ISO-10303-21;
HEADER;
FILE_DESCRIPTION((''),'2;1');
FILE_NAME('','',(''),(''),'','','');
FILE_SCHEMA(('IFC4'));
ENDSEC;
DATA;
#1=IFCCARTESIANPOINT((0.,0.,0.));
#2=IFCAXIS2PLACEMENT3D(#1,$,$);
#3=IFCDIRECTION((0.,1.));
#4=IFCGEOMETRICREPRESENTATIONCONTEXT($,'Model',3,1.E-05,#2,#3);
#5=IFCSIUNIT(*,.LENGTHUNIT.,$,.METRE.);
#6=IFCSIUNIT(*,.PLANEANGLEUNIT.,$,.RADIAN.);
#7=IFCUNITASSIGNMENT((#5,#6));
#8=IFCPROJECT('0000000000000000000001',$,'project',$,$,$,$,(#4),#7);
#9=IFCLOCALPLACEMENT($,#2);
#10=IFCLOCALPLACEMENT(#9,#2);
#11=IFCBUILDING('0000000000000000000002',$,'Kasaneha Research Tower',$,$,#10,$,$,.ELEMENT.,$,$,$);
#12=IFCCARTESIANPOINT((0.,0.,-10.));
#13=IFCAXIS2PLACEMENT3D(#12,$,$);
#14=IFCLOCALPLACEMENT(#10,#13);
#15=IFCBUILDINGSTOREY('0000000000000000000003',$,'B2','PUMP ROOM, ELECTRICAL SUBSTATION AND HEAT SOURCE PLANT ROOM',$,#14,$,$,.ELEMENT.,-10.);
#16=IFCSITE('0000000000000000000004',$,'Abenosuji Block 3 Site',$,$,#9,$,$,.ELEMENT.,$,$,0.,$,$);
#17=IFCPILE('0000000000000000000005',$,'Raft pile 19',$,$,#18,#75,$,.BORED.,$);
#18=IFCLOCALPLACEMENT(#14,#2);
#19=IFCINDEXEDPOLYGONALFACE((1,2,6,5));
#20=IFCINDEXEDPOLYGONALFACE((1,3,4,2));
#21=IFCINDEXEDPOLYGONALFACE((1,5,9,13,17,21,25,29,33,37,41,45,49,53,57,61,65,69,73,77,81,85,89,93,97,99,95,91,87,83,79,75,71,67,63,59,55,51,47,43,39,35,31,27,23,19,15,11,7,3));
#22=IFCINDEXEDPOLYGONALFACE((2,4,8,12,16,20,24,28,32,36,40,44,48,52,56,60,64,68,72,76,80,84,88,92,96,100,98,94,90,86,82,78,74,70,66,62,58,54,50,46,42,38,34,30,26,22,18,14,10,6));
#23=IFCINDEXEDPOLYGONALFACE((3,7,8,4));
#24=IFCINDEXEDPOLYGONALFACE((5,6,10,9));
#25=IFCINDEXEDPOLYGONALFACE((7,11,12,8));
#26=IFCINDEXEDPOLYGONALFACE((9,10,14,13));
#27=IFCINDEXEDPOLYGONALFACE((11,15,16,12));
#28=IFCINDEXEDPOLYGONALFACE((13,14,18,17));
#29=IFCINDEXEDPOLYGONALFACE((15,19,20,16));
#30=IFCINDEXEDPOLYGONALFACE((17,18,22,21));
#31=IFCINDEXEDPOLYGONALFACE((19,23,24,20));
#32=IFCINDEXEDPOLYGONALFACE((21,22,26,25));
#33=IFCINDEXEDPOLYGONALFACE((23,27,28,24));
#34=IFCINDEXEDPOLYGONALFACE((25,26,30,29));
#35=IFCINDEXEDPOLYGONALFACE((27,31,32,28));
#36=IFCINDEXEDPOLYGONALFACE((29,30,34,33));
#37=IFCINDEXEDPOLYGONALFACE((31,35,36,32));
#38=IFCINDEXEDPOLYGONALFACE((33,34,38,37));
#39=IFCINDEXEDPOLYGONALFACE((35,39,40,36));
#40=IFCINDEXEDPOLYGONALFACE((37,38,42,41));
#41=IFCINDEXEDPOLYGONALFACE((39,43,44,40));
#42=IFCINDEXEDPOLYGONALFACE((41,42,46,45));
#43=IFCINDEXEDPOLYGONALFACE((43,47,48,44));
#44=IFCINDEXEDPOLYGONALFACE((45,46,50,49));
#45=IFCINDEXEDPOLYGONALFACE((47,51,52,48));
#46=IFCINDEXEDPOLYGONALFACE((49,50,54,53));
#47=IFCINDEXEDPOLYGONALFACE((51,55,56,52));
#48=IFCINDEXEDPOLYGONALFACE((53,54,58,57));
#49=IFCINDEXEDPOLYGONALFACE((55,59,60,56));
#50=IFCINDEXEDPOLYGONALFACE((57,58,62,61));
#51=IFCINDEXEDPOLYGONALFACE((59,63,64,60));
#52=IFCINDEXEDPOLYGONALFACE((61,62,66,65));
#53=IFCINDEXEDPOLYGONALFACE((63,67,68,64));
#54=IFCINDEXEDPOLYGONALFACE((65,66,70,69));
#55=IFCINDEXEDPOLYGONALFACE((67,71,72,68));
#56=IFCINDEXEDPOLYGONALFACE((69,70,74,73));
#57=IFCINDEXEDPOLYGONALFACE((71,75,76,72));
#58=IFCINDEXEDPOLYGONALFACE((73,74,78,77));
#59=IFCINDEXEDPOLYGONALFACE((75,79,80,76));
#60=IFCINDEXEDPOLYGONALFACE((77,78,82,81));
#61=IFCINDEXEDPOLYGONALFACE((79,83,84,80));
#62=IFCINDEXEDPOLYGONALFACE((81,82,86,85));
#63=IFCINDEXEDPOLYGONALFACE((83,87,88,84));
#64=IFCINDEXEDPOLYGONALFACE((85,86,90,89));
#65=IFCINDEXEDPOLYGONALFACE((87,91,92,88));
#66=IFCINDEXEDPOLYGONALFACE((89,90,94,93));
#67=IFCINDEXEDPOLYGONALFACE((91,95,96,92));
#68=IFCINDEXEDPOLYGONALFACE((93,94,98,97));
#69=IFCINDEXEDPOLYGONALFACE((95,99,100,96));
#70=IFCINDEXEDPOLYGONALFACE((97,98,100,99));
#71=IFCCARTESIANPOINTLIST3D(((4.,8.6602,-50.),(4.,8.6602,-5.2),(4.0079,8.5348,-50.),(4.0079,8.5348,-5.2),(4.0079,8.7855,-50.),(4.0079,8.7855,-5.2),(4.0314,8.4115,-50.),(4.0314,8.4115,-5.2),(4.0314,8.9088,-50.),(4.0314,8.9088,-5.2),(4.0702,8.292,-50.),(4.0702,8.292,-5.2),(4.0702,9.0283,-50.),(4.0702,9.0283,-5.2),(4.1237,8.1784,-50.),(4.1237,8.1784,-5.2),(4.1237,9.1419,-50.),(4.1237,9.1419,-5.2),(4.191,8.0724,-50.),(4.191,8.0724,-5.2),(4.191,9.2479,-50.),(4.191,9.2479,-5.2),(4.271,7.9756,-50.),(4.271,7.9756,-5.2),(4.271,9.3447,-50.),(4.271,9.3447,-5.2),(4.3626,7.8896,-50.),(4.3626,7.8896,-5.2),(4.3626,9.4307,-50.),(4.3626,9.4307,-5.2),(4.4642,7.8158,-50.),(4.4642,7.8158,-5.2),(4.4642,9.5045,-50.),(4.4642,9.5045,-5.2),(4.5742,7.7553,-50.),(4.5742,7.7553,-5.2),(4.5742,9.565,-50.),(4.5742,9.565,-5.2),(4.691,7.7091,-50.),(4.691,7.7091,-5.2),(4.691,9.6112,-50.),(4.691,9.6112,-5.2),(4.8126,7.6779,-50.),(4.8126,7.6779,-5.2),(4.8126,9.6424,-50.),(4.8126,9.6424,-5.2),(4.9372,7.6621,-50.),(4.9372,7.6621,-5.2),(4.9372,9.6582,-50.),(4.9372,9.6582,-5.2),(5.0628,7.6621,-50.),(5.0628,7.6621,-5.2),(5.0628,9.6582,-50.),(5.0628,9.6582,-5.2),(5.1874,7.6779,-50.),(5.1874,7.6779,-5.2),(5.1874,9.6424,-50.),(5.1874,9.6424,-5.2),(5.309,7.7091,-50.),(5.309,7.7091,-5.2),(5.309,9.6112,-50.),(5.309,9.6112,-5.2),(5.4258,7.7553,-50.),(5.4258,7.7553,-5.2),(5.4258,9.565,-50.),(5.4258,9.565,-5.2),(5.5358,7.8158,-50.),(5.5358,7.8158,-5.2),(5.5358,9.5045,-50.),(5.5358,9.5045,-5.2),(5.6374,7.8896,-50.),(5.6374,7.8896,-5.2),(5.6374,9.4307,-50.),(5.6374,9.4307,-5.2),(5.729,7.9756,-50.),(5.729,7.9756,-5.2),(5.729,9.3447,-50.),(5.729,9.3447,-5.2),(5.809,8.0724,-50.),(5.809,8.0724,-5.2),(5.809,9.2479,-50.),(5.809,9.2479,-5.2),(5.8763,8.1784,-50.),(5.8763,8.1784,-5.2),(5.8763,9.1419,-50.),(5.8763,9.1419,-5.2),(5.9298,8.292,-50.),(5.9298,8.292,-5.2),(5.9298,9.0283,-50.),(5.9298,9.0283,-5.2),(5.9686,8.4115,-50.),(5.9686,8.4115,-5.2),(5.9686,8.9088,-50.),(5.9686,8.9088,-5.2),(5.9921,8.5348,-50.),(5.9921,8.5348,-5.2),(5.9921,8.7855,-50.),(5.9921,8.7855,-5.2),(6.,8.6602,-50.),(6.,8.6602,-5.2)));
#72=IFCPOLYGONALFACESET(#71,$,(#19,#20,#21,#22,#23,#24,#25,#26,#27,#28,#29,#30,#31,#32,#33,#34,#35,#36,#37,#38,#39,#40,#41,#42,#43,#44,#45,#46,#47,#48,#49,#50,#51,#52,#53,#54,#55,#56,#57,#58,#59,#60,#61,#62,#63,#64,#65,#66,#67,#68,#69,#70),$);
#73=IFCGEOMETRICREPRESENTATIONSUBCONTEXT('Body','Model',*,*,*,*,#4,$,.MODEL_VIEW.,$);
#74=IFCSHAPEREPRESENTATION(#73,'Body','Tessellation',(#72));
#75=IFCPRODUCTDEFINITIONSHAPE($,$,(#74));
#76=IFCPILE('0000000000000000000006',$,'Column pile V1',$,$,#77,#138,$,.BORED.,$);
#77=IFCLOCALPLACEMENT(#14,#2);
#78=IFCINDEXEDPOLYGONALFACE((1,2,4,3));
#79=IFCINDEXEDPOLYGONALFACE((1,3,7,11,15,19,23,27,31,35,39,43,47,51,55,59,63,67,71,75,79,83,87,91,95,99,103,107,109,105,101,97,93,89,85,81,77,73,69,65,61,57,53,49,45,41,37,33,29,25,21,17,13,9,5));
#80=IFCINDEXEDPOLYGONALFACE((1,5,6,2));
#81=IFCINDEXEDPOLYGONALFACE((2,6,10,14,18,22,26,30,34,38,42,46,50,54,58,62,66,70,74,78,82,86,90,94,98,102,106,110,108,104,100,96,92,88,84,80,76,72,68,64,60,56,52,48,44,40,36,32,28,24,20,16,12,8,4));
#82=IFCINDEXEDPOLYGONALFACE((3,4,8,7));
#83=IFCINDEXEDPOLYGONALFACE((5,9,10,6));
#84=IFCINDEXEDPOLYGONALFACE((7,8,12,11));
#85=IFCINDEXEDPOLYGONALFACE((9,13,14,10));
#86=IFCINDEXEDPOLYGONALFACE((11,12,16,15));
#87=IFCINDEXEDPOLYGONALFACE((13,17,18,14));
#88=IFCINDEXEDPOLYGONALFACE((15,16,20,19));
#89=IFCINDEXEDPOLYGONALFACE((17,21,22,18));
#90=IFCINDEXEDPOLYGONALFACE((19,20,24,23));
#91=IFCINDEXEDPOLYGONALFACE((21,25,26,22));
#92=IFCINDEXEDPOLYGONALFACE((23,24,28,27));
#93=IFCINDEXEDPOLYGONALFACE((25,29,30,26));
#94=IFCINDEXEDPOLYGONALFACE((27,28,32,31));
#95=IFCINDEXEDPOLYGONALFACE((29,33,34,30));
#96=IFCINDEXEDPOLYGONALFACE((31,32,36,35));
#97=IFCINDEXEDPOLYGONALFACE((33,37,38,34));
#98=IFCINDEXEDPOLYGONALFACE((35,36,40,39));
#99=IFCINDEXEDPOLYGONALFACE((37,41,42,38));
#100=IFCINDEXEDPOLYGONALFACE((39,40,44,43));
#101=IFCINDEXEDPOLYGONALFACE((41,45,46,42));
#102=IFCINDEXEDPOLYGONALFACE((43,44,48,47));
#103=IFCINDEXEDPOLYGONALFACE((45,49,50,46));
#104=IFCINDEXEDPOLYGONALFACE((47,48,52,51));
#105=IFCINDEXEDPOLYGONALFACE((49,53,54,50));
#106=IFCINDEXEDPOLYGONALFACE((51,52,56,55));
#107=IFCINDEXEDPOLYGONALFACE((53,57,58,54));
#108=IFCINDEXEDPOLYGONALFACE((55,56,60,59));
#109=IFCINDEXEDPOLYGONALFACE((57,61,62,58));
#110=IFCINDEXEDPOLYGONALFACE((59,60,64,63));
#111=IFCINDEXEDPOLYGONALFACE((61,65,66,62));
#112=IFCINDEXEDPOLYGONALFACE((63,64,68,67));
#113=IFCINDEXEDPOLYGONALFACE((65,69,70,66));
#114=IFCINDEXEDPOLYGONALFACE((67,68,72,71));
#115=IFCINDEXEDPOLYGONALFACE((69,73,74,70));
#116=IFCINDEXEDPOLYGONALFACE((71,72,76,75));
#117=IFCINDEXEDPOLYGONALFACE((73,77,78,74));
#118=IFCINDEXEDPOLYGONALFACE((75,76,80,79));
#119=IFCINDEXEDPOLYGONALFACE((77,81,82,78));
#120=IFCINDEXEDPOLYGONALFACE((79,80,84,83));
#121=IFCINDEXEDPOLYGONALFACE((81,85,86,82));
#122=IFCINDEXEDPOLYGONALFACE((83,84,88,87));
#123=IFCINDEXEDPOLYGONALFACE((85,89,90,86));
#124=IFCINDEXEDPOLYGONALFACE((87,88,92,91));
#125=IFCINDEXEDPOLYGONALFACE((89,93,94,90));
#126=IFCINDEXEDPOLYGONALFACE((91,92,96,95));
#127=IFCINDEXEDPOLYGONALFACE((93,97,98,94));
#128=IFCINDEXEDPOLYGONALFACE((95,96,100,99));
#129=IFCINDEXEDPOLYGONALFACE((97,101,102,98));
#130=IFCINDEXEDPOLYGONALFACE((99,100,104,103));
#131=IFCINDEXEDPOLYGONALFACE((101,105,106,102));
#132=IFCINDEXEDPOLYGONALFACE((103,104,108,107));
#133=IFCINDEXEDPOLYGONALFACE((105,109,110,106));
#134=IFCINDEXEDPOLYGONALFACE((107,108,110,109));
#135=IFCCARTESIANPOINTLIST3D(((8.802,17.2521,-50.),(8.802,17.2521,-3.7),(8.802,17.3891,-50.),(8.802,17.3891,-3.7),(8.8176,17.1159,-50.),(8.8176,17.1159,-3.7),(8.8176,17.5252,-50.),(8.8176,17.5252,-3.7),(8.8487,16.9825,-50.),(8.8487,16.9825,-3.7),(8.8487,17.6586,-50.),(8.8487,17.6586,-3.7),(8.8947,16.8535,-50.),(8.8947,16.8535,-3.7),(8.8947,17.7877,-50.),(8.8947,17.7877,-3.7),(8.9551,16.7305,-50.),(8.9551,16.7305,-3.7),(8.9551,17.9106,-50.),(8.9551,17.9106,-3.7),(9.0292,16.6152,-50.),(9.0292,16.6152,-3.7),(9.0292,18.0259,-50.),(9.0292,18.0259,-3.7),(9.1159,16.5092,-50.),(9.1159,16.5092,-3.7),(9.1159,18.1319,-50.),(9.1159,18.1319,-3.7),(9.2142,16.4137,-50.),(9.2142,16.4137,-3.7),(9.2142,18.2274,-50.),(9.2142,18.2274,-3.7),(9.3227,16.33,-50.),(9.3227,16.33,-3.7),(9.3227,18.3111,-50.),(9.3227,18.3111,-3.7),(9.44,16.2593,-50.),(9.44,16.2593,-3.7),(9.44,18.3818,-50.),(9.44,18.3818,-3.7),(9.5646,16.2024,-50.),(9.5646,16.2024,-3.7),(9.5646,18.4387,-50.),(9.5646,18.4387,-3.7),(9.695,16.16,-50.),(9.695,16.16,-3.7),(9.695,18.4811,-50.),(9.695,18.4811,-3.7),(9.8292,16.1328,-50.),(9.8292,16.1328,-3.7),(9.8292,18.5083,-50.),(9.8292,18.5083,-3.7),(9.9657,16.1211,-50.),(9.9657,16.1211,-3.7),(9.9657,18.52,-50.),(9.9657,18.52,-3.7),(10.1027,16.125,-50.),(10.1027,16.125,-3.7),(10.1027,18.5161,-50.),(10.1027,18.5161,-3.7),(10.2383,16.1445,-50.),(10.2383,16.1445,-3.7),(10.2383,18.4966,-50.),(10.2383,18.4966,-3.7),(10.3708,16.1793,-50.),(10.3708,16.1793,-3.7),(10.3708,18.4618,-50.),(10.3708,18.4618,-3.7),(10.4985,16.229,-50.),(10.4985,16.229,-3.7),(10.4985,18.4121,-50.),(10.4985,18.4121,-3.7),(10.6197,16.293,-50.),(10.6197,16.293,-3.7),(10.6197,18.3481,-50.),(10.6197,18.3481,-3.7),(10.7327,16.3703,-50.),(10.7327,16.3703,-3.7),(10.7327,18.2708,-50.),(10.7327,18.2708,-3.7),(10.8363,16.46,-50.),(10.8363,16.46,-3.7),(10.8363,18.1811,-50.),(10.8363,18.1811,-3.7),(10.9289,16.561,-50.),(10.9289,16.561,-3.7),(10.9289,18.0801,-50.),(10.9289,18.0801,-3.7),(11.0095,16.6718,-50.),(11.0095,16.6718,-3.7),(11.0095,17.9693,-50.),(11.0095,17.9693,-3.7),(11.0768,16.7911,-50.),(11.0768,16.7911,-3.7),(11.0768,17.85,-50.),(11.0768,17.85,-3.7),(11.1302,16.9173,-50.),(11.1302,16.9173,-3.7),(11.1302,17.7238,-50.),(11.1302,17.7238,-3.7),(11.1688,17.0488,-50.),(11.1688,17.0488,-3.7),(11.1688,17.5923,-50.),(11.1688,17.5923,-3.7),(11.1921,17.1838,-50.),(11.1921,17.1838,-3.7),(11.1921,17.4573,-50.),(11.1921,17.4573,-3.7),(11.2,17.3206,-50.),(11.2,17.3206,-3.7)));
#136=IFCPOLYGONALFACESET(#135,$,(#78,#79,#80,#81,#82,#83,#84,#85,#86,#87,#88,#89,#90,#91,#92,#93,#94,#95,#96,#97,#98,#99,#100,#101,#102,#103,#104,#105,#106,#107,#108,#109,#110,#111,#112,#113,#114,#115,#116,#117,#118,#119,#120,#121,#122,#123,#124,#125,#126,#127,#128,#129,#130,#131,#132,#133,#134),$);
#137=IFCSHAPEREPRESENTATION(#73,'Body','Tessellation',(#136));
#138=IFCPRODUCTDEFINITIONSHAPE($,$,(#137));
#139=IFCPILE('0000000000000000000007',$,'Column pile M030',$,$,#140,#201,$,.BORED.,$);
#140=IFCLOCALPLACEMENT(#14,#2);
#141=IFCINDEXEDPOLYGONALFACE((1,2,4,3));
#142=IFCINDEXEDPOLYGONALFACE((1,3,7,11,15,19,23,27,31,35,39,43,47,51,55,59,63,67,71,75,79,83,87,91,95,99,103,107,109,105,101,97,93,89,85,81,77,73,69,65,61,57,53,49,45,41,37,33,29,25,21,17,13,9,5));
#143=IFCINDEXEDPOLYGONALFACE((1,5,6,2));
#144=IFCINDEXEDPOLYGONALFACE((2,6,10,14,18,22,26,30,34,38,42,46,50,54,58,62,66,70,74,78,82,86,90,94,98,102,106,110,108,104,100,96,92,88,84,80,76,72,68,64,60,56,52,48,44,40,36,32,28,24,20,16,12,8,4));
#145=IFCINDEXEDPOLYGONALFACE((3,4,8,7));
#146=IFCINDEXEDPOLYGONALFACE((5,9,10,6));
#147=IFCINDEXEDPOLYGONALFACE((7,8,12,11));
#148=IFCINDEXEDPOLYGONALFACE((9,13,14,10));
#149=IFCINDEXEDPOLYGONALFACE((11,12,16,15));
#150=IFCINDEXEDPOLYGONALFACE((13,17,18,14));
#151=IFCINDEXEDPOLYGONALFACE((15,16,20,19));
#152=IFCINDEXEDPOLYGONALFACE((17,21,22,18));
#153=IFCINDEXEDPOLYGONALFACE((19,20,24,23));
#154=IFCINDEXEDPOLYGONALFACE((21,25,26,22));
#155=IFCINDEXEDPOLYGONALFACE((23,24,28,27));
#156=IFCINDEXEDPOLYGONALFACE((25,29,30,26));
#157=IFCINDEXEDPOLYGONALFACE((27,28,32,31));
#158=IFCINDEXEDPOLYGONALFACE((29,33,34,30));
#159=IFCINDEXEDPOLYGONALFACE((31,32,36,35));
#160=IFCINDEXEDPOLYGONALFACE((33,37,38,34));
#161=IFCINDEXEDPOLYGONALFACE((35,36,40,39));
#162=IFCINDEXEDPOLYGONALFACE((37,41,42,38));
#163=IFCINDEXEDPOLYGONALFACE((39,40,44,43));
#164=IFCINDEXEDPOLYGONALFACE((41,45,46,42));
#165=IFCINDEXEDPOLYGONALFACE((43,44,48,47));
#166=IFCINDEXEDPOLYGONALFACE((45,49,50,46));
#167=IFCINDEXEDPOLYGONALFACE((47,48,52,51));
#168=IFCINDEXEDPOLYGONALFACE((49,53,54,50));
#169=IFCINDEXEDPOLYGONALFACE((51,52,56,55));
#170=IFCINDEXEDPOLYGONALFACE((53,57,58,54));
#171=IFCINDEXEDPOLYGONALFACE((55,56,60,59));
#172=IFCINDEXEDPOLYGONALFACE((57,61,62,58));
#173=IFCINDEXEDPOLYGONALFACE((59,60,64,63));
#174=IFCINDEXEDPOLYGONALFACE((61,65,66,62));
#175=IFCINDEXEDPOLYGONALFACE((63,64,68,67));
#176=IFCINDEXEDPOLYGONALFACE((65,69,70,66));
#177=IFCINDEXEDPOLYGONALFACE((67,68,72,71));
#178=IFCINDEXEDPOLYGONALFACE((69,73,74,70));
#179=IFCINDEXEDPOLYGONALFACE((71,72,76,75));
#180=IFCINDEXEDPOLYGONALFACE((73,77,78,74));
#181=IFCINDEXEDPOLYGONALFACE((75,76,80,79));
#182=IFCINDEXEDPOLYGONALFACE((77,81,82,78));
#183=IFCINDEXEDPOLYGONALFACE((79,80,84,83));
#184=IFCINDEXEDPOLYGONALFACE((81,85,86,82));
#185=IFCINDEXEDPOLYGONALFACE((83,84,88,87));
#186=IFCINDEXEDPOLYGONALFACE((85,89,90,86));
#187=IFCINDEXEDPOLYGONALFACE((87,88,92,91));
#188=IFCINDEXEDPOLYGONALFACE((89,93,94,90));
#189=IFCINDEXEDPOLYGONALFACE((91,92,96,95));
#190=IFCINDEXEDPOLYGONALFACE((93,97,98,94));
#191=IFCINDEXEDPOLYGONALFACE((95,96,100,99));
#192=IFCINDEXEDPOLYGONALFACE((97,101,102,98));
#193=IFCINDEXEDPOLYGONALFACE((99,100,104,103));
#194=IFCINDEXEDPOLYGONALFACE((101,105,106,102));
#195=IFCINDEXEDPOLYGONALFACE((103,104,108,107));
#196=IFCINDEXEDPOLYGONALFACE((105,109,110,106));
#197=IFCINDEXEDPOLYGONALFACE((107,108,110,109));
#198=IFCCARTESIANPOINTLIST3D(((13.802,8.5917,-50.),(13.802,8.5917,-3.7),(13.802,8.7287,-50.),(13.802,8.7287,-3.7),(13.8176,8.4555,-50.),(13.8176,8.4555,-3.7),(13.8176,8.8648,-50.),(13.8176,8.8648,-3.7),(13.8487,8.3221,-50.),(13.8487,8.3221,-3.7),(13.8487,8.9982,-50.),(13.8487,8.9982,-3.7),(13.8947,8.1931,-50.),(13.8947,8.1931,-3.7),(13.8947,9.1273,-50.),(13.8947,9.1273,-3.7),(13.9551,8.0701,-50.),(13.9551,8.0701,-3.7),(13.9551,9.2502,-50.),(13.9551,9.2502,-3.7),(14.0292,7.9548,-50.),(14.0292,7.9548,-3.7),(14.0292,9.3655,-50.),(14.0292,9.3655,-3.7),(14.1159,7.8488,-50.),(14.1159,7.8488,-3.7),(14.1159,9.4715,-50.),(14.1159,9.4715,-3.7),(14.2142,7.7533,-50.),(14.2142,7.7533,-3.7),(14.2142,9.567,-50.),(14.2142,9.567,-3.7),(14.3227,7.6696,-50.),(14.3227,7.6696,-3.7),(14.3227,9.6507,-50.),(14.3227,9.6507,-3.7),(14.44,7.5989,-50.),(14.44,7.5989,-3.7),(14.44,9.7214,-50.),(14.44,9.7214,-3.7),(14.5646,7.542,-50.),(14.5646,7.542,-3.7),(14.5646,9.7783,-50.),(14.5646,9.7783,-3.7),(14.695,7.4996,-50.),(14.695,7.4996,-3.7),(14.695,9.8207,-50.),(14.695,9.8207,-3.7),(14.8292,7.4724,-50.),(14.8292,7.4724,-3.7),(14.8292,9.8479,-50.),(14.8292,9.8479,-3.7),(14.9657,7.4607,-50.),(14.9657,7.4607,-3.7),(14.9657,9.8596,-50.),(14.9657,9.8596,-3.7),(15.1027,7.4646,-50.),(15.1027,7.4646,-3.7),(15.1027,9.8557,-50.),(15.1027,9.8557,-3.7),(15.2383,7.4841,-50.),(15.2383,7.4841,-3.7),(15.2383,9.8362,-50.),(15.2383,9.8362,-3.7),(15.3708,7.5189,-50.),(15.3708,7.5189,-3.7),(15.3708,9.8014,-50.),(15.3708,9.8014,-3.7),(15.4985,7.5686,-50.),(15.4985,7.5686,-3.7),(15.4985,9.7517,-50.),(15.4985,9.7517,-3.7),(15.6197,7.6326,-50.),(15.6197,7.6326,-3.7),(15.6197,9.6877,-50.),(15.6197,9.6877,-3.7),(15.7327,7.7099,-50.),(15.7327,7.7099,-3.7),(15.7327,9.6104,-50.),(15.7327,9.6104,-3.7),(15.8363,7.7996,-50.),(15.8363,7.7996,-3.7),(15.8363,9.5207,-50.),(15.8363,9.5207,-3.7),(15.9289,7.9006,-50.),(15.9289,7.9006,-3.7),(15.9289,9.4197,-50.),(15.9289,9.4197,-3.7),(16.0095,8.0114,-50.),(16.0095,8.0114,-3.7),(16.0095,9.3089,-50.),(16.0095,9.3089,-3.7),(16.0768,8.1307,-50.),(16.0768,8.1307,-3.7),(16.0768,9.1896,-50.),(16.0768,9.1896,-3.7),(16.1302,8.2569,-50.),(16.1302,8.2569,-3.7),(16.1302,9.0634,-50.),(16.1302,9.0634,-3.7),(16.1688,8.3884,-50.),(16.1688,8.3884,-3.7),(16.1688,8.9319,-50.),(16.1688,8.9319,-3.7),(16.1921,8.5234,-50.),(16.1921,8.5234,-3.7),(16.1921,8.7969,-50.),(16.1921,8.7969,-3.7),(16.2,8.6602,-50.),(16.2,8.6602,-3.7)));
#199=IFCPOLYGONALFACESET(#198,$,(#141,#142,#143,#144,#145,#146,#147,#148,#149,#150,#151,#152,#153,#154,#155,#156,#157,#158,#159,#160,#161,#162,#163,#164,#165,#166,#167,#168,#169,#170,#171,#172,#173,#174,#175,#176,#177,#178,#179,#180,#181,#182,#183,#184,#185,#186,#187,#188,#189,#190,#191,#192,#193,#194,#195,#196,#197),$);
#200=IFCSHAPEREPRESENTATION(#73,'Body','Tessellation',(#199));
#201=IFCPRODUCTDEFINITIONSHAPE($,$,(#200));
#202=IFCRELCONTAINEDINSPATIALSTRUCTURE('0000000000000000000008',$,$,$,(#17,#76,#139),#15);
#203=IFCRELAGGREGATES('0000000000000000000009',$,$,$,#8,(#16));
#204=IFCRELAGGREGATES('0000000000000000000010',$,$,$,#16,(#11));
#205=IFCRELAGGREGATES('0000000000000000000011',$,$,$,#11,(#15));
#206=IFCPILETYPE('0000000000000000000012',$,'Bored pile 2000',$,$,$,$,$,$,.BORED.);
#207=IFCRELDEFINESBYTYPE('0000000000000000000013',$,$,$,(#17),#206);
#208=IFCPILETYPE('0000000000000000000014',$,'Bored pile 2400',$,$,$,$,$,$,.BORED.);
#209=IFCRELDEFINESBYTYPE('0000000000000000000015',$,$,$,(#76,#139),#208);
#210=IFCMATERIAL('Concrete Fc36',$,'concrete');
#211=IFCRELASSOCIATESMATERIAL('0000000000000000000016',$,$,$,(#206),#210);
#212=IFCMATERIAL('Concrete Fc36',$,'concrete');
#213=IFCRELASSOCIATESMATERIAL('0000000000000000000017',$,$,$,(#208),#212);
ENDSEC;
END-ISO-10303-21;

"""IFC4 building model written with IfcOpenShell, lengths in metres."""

from ifc_helpers import new_model, si_unit, direction, frame, origin, origin_2d, place, context, subcontext, project, spatial, circle, extrude, material, material_profile, profile_set, type_object, element, save


model = new_model("IFC4")

# Units and contexts
model_context = context("Model", 3, precision=1e-05, world=origin(), true_north=direction((0.0, 1.0)))
body_context = subcontext(model_context, "Body", "Model", "MODEL_VIEW")
ifc_project = project(units=[si_unit("LENGTHUNIT", "METRE"), si_unit("PLANEANGLEUNIT", "RADIAN")], contexts=[model_context])

# Site, building, storey
site_placement = place(None, origin())
site = spatial("IfcSite", under=ifc_project, at=site_placement, Name="Abenosuji Block 3 Site", CompositionType="ELEMENT", RefElevation=0.0)
building_placement = place(site_placement, origin())
building = spatial("IfcBuilding", under=site, at=building_placement, Name="Kasaneha Research Tower", CompositionType="ELEMENT")
storey_placement = place(building_placement, frame((0.0, 0.0, -10.0)))
storey = spatial("IfcBuildingStorey", under=building, at=storey_placement, Name="B2", Description="PUMP ROOM, ELECTRICAL SUBSTATION AND HEAT SOURCE PLANT ROOM", CompositionType="ELEMENT", Elevation=-10.0)

# Piles
ifc_material_1 = material(Name="Concrete Fc36", Category="concrete")
ifc_material_profile_1 = material_profile(ifc_material_1, circle(Radius=1.0, at=origin_2d()), Name="Bored pile 2000")
ifc_profile_set_1 = profile_set([ifc_material_profile_1], Name="Concrete Fc36")
pile_type_1 = type_object("IfcPileType", Name="Bored pile 2000", PredefinedType="BORED", material=ifc_profile_set_1)
pile_placement = place(storey_placement, frame((5.0, 8.6602, -5.2), z_axis=(0.0, 0.0, -1.0), x_axis=(1.0, 0.0, 0.0)))
element("IfcPile", 1, at=pile_placement, inside=storey, type_object=pile_type_1, Name="Raft pile 19", PredefinedType="BORED", context=body_context, shape_type="SweptSolid", body=[
    extrude(circle(Radius=1.0, at=origin_2d()), origin(), (0.0, 0.0, 1.0), 44.8),
])
ifc_material_2 = material(Name="Concrete Fc36", Category="concrete")
ifc_material_profile_2 = material_profile(ifc_material_2, circle(Radius=1.2, at=origin_2d()), Name="Bored pile 2400")
ifc_profile_set_2 = profile_set([ifc_material_profile_2], Name="Concrete Fc36")
pile_type_2 = type_object("IfcPileType", Name="Bored pile 2400", PredefinedType="BORED", material=ifc_profile_set_2)
for number, where, z_axis, x_axis, name in (
    (2, (10.0, 17.3206, -3.7), (0.0, 0.0, -1.0), (1.0, 0.0, 0.0), "Column pile V1"),
    (3, (15.0, 8.6602, -3.7), (0.0, 0.0, -1.0), (1.0, 0.0, 0.0), "Column pile M030"),
):
    element("IfcPile", number, at=place(storey_placement, frame(where, z_axis=z_axis, x_axis=x_axis)), inside=storey, type_object=pile_type_2, Name=name, PredefinedType="BORED", context=body_context, shape_type="SweptSolid", body=[
        extrude(circle(Radius=1.2, at=origin_2d()), origin(), (0.0, 0.0, 1.0), 46.3),
    ])

save(model, "model.ifc")
